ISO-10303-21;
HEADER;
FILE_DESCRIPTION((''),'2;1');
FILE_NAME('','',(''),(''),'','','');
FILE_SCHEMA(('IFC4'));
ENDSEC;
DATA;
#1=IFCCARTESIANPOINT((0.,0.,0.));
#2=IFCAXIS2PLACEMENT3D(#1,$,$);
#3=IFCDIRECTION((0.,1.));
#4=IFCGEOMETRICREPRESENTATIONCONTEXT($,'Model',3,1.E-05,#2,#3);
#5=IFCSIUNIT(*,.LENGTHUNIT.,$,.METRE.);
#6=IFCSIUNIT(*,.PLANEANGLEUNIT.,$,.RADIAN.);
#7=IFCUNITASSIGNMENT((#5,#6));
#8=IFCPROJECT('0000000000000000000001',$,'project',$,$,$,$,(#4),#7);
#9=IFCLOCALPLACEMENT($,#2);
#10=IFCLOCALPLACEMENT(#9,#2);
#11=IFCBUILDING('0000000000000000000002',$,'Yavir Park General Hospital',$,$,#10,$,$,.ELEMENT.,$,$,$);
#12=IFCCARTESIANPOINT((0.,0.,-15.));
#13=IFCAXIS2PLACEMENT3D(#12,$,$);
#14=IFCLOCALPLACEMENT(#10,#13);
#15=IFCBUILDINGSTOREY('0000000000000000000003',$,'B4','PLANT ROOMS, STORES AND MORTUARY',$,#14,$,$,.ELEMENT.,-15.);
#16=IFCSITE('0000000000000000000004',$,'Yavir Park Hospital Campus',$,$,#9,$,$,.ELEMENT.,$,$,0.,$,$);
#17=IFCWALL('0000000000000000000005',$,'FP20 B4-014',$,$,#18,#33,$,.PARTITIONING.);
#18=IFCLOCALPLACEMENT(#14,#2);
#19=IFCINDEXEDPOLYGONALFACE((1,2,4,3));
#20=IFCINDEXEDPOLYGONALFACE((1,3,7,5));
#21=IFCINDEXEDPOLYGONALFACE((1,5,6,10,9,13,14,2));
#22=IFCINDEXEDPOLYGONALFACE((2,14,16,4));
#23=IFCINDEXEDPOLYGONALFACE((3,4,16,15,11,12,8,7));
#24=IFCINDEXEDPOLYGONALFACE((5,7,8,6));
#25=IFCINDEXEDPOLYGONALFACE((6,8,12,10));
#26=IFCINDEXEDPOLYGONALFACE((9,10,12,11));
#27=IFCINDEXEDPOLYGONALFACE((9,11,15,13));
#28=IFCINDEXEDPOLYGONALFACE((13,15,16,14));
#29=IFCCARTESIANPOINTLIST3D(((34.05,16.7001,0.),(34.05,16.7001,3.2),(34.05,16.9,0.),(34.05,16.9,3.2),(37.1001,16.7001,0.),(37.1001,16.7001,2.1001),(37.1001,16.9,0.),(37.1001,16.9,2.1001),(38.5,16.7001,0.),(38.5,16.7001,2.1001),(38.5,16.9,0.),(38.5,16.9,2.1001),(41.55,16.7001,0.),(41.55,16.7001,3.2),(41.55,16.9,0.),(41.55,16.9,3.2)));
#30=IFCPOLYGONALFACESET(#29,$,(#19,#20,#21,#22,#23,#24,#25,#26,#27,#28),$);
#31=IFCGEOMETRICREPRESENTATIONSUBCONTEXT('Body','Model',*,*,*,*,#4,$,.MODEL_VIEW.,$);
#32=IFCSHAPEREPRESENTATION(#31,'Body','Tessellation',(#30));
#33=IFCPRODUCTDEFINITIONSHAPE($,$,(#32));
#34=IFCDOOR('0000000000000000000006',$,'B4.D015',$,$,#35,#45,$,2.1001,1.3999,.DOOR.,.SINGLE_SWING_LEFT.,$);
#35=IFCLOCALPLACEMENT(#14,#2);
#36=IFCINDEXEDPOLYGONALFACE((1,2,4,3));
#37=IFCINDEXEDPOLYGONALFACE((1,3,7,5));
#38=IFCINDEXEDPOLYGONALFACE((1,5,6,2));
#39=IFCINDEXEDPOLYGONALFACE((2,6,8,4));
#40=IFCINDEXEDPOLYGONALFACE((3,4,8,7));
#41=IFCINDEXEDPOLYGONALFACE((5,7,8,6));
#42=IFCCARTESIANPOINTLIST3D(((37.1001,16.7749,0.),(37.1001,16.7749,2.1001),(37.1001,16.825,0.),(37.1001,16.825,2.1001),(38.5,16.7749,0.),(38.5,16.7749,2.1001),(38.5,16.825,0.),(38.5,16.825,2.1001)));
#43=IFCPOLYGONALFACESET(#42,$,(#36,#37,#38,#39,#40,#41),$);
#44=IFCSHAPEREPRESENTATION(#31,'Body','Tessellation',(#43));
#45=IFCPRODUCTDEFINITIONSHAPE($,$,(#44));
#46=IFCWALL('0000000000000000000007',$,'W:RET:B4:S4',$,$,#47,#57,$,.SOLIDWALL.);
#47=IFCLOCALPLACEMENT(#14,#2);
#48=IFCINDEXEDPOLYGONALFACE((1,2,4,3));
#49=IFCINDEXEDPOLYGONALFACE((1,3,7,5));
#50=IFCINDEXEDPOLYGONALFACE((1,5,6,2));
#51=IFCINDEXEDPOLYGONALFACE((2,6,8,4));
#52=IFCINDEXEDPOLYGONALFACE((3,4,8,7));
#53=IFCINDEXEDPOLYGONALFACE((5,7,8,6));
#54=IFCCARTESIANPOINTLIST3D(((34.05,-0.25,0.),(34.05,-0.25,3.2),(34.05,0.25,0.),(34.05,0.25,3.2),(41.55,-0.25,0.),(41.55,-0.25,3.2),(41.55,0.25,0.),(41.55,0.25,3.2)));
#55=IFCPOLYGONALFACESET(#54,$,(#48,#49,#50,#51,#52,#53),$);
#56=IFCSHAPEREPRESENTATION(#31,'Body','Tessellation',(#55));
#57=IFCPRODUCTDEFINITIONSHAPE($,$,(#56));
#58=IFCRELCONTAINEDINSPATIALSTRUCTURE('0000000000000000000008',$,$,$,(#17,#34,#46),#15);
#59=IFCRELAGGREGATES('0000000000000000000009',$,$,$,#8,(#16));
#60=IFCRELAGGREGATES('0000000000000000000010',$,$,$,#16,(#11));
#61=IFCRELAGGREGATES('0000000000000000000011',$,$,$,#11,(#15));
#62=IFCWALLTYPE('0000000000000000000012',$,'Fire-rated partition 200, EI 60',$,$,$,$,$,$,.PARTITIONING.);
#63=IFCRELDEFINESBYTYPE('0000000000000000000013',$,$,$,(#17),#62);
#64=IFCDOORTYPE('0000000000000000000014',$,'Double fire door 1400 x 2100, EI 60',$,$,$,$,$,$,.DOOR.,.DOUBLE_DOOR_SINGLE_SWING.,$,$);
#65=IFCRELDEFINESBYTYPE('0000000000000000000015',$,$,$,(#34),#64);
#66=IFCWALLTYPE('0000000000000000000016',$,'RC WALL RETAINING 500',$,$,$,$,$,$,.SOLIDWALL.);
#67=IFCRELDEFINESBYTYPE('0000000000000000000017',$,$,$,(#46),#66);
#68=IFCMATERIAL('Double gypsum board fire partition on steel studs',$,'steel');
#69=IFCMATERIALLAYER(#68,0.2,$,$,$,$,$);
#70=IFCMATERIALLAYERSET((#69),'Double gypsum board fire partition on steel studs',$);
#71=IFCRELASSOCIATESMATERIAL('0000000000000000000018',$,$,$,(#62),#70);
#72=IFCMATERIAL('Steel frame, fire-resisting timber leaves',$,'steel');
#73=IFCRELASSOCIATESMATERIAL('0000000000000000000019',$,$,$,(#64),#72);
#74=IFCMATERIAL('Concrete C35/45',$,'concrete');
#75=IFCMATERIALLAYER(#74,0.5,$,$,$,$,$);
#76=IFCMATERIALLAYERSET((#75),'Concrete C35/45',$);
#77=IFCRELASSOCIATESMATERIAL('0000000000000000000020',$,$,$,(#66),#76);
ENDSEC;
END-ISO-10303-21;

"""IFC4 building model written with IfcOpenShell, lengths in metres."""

from ifc_helpers import new_model, si_unit, direction, frame, frame_2d, origin, place, context, subcontext, project, spatial, rectangle, extrude, material, layer, layer_set, type_object, element, fill, save


model = new_model("IFC4")

# Units and contexts
model_context = context("Model", 3, precision=1e-05, world=origin(), true_north=direction((0.0, 1.0)))
body_context = subcontext(model_context, "Body", "Model", "MODEL_VIEW")
ifc_project = project(units=[si_unit("LENGTHUNIT", "METRE"), si_unit("PLANEANGLEUNIT", "RADIAN")], contexts=[model_context])

# Site, building, storey
site_placement = place(None, origin())
site = spatial("IfcSite", under=ifc_project, at=site_placement, Name="Yavir Park Hospital Campus", CompositionType="ELEMENT", RefElevation=0.0)
building_placement = place(site_placement, origin())
building = spatial("IfcBuilding", under=site, at=building_placement, Name="Yavir Park General Hospital", CompositionType="ELEMENT")
storey_placement = place(building_placement, frame((0.0, 0.0, -15.0)))
storey = spatial("IfcBuildingStorey", under=building, at=storey_placement, Name="B4", Description="PLANT ROOMS, STORES AND MORTUARY", CompositionType="ELEMENT", Elevation=-15.0)

# Wall, opening, door
ifc_material_1 = material(Name="Double gypsum board fire partition on steel studs", Category="steel")
ifc_layer_1 = layer(ifc_material_1, 0.2)
ifc_layer_set_1 = layer_set([ifc_layer_1], Name="Double gypsum board fire partition on steel studs")
wall_type_1 = type_object("IfcWallType", Name="Fire-rated partition 200, EI 60", PredefinedType="PARTITIONING", material=ifc_layer_set_1)
ifc_material_2 = material(Name="Steel frame, fire-resisting timber leaves", Category="steel")
door_type = type_object("IfcDoorType", Name="Double fire door 1400 x 2100, EI 60", OperationType="DOUBLE_DOOR_SINGLE_SWING", PredefinedType="DOOR", material=ifc_material_2)
wall_1_placement = place(storey_placement, frame((34.05, 16.8, 0.0), z_axis=(0.0, 0.0, 1.0), x_axis=(1.0, 0.0, 0.0)))
wall_1 = element("IfcWall", 1, at=wall_1_placement, inside=storey, type_object=wall_type_1, Name="FP20 B4-014", PredefinedType="PARTITIONING", context=body_context, shape_type="SweptSolid", body=[
    extrude(rectangle(XDim=7.5, YDim=0.2, at=frame_2d((3.75, 0.0))), origin(), (0.0, 0.0, 1.0), 3.2),
])
opening_1_placement = place(wall_1_placement, frame((3.05, 0.0, 0.0)))
opening_1 = element("IfcOpeningElement", 2, at=opening_1_placement, cuts=wall_1, PredefinedType="OPENING", context=body_context, shape_type="SweptSolid", body=[
    extrude(rectangle(XDim=1.3999, YDim=2.1001, at=frame_2d((0.7, 1.05))), frame((0.0, 0.1099, 0.0), z_axis=(0.0, -1.0, 0.0), x_axis=(1.0, 0.0, 0.0)), (0.0, 0.0, 1.0), 0.22),
])
door_1_placement = place(opening_1_placement, origin())
door_1 = element("IfcDoor", 3, at=door_1_placement, inside=storey, type_object=door_type, Name="B4.D015", OperationType="SINGLE_SWING_LEFT", OverallHeight=2.1001, OverallWidth=1.3999, PredefinedType="DOOR", context=body_context, shape_type="SweptSolid", body=[
    extrude(rectangle(XDim=1.3999, YDim=2.1001, at=frame_2d((0.7, 1.05))), frame((0.0, 0.0249, 0.0), z_axis=(0.0, -1.0, 0.0), x_axis=(1.0, 0.0, 0.0)), (0.0, 0.0, 1.0), 0.05),
])
fill(opening_1, door_1)

# Wall
ifc_material_3 = material(Name="Concrete C35/45", Category="concrete")
ifc_layer_2 = layer(ifc_material_3, 0.5)
ifc_layer_set_2 = layer_set([ifc_layer_2], Name="Concrete C35/45")
wall_type_2 = type_object("IfcWallType", Name="RC WALL RETAINING 500", PredefinedType="SOLIDWALL", material=ifc_layer_set_2)
wall_2_placement = place(storey_placement, frame((34.05, 0.0, 0.0), z_axis=(0.0, 0.0, 1.0), x_axis=(1.0, 0.0, 0.0)))
element("IfcWall", 4, at=wall_2_placement, inside=storey, type_object=wall_type_2, Name="W:RET:B4:S4", PredefinedType="SOLIDWALL", context=body_context, shape_type="SweptSolid", body=[
    extrude(rectangle(XDim=7.5, YDim=0.5, at=frame_2d((3.75, 0.0))), origin(), (0.0, 0.0, 1.0), 3.2),
])

save(model, "model.ifc")
